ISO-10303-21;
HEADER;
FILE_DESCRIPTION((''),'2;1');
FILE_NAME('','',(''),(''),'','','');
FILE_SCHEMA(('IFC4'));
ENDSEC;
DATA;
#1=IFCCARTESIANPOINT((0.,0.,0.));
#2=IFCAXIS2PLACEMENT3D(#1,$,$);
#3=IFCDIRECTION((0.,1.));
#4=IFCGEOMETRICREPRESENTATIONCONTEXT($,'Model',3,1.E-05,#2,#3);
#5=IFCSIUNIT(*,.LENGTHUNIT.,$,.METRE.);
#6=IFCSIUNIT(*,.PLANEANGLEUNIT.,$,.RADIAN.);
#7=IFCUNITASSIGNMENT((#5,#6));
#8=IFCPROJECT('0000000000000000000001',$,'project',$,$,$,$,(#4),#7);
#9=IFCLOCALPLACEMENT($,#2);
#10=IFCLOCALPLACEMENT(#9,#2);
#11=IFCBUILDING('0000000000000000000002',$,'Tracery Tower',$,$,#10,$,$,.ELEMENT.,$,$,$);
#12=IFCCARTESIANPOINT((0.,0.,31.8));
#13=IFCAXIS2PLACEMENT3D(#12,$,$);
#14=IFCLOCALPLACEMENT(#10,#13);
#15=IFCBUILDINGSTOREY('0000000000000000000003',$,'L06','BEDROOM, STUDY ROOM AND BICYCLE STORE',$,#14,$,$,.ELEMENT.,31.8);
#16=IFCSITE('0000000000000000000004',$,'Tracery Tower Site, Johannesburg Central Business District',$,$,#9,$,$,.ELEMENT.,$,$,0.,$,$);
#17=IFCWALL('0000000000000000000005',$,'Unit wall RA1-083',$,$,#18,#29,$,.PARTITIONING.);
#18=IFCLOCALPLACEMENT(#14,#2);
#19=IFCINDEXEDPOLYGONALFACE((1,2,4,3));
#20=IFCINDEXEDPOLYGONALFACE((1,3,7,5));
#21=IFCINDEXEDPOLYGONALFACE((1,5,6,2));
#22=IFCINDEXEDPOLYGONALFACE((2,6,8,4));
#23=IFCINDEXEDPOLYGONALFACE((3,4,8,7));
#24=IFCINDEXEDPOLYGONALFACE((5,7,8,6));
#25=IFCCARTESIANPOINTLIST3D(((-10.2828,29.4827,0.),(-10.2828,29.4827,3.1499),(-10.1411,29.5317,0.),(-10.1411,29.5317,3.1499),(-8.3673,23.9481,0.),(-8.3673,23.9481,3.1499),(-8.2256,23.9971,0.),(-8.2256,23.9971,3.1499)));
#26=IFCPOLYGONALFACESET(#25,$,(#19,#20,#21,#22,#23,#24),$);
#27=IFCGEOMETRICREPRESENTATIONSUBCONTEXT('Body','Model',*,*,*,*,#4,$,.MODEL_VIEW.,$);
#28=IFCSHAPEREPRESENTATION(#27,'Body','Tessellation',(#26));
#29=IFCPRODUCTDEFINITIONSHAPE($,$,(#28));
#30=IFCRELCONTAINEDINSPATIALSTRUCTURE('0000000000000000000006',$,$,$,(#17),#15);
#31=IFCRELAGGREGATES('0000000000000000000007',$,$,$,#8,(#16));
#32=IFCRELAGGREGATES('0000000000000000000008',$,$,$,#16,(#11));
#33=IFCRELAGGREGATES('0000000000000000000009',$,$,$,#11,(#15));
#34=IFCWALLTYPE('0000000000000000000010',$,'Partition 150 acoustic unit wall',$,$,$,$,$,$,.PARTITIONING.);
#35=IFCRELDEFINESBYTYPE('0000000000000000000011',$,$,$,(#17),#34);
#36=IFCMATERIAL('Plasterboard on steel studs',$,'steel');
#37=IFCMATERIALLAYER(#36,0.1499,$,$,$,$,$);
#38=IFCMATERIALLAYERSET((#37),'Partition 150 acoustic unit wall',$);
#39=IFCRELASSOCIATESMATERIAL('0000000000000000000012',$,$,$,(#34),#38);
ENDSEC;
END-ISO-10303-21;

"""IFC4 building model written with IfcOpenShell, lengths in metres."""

from ifc_helpers import new_model, si_unit, direction, frame, frame_2d, origin, place, context, subcontext, project, spatial, rectangle, extrude, material, layer, layer_set, type_object, element, save


model = new_model("IFC4")

# Units and contexts
model_context = context("Model", 3, precision=1e-05, world=origin(), true_north=direction((0.0, 1.0)))
body_context = subcontext(model_context, "Body", "Model", "MODEL_VIEW")
ifc_project = project(units=[si_unit("LENGTHUNIT", "METRE"), si_unit("PLANEANGLEUNIT", "RADIAN")], contexts=[model_context])

# Site, building, storey
site_placement = place(None, origin())
site = spatial("IfcSite", under=ifc_project, at=site_placement, Name="Tracery Tower Site, Johannesburg Central Business District", CompositionType="ELEMENT", RefElevation=0.0)
building_placement = place(site_placement, origin())
building = spatial("IfcBuilding", under=site, at=building_placement, Name="Tracery Tower", CompositionType="ELEMENT")
storey_placement = place(building_placement, frame((0.0, 0.0, 31.8)))
storey = spatial("IfcBuildingStorey", under=building, at=storey_placement, Name="L06", Description="BEDROOM, STUDY ROOM AND BICYCLE STORE", CompositionType="ELEMENT", Elevation=31.8)

# Wall
ifc_material_1 = material(Name="Plasterboard on steel studs", Category="steel")
ifc_layer_1 = layer(ifc_material_1, 0.1499)
ifc_layer_set_1 = layer_set([ifc_layer_1], Name="Partition 150 acoustic unit wall")
wall_type_1 = type_object("IfcWallType", Name="Partition 150 acoustic unit wall", PredefinedType="PARTITIONING", material=ifc_layer_set_1)
wall_1_placement = place(storey_placement, frame((-10.2119, 29.5071, 0.0), z_axis=(0.0, 0.0, 1.0), x_axis=(0.327062, -0.945003, 0.0)))
element("IfcWall", 1, at=wall_1_placement, inside=storey, type_object=wall_type_1, Name="Unit wall RA1-083", PredefinedType="PARTITIONING", context=body_context, shape_type="SweptSolid", body=[
    extrude(rectangle(XDim=5.8567, YDim=0.1499, at=frame_2d((2.9282, 0.0))), origin(), (0.0, 0.0, 1.0), 3.1499),
])

save(model, "model.ifc")
